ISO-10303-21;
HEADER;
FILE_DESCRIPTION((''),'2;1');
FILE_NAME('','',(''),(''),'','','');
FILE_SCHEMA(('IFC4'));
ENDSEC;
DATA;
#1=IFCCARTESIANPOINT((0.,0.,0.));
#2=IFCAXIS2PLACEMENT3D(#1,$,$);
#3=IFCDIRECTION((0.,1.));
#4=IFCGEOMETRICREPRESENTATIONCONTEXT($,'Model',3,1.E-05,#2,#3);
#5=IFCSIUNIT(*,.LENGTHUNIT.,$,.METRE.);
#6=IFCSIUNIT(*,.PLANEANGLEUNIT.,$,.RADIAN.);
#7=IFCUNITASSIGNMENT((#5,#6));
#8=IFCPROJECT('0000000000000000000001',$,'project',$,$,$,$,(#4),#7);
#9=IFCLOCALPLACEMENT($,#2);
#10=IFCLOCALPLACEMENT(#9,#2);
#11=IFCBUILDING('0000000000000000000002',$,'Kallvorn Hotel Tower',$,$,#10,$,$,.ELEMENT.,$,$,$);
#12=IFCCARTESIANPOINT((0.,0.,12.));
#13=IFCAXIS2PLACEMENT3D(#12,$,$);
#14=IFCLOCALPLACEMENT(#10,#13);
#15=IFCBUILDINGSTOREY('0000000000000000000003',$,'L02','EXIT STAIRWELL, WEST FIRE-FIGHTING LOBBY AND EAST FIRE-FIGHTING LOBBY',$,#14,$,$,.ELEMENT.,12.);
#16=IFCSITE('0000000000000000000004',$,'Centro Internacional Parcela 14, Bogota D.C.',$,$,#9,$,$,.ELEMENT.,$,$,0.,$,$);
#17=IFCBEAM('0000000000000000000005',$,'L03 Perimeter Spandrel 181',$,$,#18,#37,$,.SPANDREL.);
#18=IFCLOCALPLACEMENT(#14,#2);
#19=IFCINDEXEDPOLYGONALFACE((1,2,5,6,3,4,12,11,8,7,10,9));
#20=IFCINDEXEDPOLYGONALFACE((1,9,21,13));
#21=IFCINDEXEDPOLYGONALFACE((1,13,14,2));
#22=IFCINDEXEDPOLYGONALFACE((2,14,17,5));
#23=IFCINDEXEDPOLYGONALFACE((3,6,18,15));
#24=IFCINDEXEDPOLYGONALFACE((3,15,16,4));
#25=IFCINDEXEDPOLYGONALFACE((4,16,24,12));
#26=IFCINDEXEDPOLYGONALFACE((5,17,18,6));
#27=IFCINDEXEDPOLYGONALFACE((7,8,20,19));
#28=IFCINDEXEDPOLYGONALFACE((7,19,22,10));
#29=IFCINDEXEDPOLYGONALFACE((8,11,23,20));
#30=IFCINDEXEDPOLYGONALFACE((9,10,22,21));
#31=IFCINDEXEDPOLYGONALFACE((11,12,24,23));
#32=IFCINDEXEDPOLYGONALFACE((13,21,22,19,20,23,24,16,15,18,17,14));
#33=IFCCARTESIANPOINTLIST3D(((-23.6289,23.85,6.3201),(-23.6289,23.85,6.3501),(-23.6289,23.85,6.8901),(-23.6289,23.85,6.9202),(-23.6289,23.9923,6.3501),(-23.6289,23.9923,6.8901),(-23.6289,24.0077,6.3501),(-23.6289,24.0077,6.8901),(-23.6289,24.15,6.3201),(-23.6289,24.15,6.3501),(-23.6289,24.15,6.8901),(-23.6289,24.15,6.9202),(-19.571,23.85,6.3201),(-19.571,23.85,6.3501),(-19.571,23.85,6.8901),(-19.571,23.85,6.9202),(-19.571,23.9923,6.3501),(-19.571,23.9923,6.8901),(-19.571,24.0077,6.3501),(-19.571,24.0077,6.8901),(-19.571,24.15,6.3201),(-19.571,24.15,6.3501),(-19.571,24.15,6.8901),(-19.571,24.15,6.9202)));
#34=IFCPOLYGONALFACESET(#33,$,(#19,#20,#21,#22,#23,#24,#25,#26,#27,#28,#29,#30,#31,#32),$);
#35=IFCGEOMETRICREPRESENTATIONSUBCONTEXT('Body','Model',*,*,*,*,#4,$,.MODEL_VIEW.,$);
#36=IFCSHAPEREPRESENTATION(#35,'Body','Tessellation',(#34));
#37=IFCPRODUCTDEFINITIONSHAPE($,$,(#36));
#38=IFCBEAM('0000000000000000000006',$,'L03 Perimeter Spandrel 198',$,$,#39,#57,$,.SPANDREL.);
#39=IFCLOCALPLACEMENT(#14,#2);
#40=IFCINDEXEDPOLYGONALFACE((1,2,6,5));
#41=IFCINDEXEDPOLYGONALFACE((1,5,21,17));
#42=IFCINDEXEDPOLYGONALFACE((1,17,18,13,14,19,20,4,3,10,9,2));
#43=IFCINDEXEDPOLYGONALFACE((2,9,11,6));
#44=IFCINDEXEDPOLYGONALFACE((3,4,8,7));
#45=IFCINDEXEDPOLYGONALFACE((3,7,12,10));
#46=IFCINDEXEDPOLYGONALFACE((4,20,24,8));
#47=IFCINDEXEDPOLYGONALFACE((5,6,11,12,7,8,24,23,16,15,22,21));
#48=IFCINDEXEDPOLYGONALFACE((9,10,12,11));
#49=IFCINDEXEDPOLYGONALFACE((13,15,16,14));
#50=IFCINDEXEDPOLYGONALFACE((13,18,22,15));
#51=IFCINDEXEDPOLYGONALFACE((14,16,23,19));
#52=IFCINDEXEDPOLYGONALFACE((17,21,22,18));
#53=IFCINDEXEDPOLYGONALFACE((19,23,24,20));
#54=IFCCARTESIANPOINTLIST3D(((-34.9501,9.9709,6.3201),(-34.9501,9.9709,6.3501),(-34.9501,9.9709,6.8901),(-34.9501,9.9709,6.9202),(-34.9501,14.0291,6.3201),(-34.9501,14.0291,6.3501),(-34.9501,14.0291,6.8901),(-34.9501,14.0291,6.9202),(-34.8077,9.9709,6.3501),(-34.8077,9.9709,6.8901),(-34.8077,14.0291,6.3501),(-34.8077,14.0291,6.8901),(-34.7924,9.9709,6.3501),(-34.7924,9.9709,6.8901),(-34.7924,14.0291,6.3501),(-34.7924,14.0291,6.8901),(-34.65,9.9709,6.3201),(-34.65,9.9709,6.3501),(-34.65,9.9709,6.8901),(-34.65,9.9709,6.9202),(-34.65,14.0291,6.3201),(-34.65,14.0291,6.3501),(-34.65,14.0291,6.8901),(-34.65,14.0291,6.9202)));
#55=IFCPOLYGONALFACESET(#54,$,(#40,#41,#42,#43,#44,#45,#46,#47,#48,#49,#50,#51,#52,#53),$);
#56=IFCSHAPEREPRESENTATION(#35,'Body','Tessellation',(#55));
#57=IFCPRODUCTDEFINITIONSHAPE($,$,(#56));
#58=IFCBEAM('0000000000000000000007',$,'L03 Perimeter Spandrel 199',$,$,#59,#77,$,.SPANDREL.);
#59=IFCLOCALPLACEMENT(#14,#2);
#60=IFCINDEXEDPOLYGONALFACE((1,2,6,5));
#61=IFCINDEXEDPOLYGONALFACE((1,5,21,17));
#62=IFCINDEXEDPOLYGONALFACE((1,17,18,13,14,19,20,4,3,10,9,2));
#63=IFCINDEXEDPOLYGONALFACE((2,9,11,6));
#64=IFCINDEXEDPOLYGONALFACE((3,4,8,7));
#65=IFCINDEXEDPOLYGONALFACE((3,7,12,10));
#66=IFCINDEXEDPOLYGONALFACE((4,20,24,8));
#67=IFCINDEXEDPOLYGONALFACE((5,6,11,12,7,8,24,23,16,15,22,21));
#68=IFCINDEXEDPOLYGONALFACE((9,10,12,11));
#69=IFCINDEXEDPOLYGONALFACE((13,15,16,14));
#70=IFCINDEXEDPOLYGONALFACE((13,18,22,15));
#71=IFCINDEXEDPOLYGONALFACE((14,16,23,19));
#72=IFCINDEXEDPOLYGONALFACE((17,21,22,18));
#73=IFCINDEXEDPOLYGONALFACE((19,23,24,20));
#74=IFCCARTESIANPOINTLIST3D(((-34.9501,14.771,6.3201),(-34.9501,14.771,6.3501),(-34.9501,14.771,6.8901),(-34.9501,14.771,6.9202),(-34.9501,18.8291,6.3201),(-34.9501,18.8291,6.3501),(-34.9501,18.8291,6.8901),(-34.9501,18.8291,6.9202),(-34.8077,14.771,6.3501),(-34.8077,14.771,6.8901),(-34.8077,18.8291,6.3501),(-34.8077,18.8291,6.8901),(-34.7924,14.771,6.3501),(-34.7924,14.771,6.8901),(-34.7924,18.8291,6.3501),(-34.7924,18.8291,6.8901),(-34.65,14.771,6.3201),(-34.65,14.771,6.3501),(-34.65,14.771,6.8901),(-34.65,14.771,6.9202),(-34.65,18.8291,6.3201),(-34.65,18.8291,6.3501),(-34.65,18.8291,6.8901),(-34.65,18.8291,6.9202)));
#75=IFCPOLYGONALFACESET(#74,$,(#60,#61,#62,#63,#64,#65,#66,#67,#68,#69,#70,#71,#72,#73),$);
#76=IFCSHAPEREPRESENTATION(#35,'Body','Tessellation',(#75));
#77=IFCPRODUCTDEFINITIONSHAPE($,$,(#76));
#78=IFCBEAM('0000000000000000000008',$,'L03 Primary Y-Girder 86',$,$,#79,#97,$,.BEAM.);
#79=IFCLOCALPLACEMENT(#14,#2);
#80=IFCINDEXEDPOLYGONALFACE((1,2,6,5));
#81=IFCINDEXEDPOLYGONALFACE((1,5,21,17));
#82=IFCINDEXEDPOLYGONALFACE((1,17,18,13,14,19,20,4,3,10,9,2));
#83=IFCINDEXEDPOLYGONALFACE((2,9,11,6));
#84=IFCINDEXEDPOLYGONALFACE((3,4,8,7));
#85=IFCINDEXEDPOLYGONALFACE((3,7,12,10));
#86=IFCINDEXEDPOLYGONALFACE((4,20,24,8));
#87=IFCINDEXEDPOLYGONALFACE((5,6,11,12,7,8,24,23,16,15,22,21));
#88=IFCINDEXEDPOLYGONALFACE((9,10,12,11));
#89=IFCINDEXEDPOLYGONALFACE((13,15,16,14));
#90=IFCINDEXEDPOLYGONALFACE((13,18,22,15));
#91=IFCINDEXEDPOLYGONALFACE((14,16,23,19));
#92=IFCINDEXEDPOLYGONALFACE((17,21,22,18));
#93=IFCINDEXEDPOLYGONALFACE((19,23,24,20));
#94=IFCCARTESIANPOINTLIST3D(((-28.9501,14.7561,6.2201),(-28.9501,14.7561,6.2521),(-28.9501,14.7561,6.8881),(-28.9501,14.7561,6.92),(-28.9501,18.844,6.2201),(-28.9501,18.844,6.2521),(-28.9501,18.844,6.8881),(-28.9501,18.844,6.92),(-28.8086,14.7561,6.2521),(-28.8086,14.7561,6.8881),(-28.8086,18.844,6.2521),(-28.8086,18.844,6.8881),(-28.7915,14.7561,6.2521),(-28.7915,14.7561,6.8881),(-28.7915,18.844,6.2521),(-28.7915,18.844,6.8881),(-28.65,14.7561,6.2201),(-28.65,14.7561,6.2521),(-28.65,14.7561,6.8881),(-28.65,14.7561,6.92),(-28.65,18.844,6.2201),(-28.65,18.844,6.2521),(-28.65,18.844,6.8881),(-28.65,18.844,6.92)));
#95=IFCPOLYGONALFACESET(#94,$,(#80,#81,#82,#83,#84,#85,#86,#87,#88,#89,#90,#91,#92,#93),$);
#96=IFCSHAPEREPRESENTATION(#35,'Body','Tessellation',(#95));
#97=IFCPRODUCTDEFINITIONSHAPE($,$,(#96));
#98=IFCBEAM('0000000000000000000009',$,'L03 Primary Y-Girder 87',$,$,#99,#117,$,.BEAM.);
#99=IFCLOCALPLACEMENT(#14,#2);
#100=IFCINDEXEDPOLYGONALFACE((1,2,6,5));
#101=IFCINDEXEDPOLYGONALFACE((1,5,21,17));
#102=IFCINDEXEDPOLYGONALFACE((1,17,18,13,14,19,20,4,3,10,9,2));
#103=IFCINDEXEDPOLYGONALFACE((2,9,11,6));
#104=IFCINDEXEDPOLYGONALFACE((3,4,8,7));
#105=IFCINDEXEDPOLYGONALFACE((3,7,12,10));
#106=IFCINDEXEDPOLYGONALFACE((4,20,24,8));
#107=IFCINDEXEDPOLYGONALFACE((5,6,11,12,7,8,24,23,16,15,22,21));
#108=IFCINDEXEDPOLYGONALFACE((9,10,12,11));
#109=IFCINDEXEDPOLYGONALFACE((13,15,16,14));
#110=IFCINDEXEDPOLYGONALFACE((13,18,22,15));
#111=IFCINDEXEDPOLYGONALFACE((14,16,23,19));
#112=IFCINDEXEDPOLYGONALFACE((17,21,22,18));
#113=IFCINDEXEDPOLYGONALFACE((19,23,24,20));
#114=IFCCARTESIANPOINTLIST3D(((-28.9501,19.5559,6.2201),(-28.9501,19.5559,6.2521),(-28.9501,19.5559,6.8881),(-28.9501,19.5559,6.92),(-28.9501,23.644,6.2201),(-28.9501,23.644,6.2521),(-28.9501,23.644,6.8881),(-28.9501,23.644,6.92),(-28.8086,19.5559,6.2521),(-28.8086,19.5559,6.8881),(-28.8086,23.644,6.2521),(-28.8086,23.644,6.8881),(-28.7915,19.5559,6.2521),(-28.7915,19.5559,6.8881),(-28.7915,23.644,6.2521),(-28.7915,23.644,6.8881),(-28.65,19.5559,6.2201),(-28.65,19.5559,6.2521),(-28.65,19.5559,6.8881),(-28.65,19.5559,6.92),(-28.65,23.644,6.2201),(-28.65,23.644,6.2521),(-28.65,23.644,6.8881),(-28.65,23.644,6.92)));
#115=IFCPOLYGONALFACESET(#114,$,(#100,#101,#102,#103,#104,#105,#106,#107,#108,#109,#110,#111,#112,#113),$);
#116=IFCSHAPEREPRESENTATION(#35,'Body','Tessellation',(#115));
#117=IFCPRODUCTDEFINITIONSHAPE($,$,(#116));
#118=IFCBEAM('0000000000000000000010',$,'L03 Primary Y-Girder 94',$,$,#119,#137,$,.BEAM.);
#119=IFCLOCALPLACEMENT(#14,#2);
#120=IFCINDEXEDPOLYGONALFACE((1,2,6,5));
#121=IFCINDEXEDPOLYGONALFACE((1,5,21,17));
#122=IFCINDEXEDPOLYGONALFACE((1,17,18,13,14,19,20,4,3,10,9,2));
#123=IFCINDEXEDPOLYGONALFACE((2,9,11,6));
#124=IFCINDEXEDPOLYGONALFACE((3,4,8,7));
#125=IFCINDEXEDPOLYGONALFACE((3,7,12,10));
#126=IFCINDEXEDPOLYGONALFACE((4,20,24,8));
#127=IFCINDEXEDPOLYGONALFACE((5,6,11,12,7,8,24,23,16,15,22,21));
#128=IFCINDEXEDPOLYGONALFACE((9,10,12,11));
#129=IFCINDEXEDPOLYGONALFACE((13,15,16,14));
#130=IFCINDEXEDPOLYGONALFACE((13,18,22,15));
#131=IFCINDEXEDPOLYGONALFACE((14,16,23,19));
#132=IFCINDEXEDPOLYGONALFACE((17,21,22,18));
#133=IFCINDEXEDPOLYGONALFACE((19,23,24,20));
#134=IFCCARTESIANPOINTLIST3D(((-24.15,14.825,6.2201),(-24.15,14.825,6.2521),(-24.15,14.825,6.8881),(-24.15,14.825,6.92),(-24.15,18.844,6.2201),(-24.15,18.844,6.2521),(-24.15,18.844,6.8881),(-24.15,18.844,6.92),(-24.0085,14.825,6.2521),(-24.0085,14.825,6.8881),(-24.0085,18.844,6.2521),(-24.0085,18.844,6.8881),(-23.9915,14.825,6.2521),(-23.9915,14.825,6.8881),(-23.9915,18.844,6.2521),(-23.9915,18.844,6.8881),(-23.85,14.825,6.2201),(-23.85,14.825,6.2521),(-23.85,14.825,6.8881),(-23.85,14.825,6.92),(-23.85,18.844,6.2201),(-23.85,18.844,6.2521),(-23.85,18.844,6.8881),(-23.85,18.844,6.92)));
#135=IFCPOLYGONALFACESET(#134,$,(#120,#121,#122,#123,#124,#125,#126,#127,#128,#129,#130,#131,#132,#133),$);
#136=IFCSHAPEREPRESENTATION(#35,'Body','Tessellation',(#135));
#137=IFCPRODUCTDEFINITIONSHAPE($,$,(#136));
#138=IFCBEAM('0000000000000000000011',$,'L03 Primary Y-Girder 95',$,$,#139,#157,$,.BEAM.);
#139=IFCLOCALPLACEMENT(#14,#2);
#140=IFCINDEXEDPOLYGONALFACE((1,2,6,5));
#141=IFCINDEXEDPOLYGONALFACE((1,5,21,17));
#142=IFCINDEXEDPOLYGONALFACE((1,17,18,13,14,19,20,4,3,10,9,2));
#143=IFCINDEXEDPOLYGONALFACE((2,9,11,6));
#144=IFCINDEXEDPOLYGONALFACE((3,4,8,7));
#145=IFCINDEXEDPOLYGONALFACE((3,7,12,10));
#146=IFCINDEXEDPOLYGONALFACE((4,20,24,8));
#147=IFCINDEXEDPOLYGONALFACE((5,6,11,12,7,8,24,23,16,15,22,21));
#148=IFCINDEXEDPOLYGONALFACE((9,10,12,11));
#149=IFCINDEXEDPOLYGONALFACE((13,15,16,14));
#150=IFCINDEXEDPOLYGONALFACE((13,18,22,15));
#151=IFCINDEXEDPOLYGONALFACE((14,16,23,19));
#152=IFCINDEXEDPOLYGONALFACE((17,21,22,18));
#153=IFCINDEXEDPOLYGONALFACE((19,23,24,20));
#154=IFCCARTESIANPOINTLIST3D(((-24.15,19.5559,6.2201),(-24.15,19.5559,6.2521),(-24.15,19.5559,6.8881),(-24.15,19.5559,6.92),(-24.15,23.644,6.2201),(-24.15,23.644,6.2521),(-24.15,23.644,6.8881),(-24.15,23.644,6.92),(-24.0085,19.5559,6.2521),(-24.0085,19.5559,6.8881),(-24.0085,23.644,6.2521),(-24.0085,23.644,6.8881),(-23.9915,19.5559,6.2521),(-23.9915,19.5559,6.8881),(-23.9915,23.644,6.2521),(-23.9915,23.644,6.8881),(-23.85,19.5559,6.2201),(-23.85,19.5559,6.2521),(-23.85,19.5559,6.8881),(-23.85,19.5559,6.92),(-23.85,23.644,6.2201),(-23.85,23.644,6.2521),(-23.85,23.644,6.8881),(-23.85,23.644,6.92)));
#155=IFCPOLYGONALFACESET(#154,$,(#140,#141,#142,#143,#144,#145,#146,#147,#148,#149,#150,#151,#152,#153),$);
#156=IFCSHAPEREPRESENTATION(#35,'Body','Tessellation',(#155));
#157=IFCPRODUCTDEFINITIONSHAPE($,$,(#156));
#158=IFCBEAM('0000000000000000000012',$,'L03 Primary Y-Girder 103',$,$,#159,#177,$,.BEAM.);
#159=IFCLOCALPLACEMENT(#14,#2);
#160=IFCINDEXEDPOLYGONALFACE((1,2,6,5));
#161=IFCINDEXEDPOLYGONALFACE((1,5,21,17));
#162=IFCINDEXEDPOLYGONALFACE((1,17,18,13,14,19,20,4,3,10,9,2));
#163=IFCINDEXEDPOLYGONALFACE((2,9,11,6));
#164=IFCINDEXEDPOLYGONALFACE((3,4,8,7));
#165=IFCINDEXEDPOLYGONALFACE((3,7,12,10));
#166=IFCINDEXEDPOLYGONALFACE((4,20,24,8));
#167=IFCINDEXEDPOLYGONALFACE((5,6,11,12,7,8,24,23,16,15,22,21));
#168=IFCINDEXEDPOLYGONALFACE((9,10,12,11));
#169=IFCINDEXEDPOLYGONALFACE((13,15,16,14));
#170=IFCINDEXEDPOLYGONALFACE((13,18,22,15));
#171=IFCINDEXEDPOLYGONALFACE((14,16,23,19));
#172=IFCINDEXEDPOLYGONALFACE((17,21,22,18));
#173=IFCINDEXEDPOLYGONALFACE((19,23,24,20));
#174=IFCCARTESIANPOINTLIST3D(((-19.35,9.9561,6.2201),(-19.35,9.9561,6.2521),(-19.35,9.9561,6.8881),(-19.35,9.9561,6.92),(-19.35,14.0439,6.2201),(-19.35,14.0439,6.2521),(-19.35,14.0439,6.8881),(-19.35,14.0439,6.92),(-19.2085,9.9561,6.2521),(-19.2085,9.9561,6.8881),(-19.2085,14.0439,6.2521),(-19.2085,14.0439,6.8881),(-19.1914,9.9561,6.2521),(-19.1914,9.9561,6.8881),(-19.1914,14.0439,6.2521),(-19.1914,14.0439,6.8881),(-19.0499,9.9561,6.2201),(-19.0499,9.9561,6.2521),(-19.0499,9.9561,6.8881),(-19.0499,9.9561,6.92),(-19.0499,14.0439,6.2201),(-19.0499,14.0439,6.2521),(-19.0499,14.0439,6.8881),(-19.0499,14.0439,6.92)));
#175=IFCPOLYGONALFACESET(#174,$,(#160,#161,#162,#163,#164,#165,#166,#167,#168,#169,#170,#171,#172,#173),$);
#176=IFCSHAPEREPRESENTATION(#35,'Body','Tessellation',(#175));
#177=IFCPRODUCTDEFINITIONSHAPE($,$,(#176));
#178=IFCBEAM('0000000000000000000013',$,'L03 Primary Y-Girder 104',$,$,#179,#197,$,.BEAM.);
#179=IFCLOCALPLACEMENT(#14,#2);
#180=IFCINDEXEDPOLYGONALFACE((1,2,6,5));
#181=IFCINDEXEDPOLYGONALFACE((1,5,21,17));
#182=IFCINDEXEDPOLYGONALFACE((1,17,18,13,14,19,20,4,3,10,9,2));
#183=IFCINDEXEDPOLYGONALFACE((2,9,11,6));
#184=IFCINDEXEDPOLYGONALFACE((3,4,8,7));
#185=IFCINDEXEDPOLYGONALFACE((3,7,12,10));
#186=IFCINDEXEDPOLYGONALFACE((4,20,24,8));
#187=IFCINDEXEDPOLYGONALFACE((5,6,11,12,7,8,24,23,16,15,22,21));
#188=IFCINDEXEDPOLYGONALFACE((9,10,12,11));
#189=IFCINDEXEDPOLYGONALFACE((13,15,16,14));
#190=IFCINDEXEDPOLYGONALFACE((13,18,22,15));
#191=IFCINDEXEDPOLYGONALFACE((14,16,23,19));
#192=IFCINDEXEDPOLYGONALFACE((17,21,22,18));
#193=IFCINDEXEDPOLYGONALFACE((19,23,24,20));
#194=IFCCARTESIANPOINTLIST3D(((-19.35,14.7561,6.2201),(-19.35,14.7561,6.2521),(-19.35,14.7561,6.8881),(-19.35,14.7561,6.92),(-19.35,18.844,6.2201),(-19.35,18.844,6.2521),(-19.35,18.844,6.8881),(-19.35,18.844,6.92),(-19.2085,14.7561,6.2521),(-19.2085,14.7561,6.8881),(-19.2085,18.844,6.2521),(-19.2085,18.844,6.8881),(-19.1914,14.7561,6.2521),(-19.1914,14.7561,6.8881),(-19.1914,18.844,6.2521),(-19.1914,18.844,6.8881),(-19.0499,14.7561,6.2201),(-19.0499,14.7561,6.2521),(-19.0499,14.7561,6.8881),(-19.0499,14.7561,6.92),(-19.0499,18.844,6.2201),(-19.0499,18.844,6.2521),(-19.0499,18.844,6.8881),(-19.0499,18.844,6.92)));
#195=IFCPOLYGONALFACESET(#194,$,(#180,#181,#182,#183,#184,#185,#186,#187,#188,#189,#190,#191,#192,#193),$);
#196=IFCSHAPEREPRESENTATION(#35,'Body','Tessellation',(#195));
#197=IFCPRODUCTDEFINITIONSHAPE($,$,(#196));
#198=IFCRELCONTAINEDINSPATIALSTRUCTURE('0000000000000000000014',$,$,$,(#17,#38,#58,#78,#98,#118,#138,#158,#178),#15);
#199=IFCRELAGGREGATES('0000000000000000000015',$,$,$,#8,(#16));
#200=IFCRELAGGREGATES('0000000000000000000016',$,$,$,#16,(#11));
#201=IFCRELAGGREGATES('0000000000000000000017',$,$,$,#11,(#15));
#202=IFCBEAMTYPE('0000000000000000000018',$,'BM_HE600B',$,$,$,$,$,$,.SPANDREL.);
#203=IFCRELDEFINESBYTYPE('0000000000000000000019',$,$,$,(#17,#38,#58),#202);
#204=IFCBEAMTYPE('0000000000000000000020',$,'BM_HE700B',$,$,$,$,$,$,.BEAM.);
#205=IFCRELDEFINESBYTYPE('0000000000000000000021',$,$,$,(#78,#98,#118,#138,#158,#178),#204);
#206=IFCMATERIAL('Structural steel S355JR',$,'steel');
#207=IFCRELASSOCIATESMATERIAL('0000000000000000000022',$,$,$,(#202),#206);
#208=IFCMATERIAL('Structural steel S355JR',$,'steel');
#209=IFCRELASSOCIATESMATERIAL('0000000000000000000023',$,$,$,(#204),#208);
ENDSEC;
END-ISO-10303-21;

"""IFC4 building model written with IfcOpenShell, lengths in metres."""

from ifc_helpers import new_model, si_unit, direction, frame, origin, origin_2d, place, context, subcontext, project, spatial, i_section, extrude, material, material_profile, profile_set, type_object, element, save


model = new_model("IFC4")

# Units and contexts
model_context = context("Model", 3, precision=1e-05, world=origin(), true_north=direction((0.0, 1.0)))
body_context = subcontext(model_context, "Body", "Model", "MODEL_VIEW")
ifc_project = project(units=[si_unit("LENGTHUNIT", "METRE"), si_unit("PLANEANGLEUNIT", "RADIAN")], contexts=[model_context])

# Site, building, storey
site_placement = place(None, origin())
site = spatial("IfcSite", under=ifc_project, at=site_placement, Name="Centro Internacional Parcela 14, Bogota D.C.", CompositionType="ELEMENT", RefElevation=0.0)
building_placement = place(site_placement, origin())
building = spatial("IfcBuilding", under=site, at=building_placement, Name="Kallvorn Hotel Tower", CompositionType="ELEMENT")
storey_placement = place(building_placement, frame((0.0, 0.0, 12.0)))
storey = spatial("IfcBuildingStorey", under=building, at=storey_placement, Name="L02", Description="EXIT STAIRWELL, WEST FIRE-FIGHTING LOBBY AND EAST FIRE-FIGHTING LOBBY", CompositionType="ELEMENT", Elevation=12.0)

# Beams
ifc_material_1 = material(Name="Structural steel S355JR", Category="steel")
ifc_material_profile_1 = material_profile(ifc_material_1, i_section(OverallWidth=0.3, OverallDepth=0.6001, WebThickness=0.0154, FlangeThickness=0.03, at=origin_2d()), Name="HE 600 B")
ifc_profile_set_1 = profile_set([ifc_material_profile_1], Name="Structural steel S355JR")
beam_type_1 = type_object("IfcBeamType", Name="BM_HE600B", PredefinedType="SPANDREL", material=ifc_profile_set_1)
for number, where, z_axis, x_axis, name in (
    (1, (-23.6289, 24.0, 6.6201), (1.0, 0.0, 0.0), (0.0, 1.0, 0.0), "L03 Perimeter Spandrel 181"),
):
    element("IfcBeam", number, at=place(storey_placement, frame(where, z_axis=z_axis, x_axis=x_axis)), inside=storey, type_object=beam_type_1, Name=name, PredefinedType="SPANDREL", context=body_context, shape_type="SweptSolid", body=[
        extrude(i_section(OverallWidth=0.3, OverallDepth=0.6001, WebThickness=0.0154, FlangeThickness=0.03, at=origin_2d()), origin(), (0.0, 0.0, 1.0), 4.0579),
    ])
for number, where, z_axis, x_axis, name in (
    (2, (-34.8, 9.9709, 6.6201), (0.0, 1.0, 0.0), (-1.0, 0.0, 0.0), "L03 Perimeter Spandrel 198"),
    (3, (-34.8, 14.771, 6.6201), (0.0, 1.0, 0.0), (-1.0, 0.0, 0.0), "L03 Perimeter Spandrel 199"),
):
    element("IfcBeam", number, at=place(storey_placement, frame(where, z_axis=z_axis, x_axis=x_axis)), inside=storey, type_object=beam_type_1, Name=name, PredefinedType="SPANDREL", context=body_context, shape_type="SweptSolid", body=[
        extrude(i_section(OverallWidth=0.3, OverallDepth=0.6001, WebThickness=0.0154, FlangeThickness=0.03, at=origin_2d()), origin(), (0.0, 0.0, 1.0), 4.0581),
    ])
ifc_material_2 = material(Name="Structural steel S355JR", Category="steel")
ifc_material_profile_2 = material_profile(ifc_material_2, i_section(OverallWidth=0.3, OverallDepth=0.7, WebThickness=0.0171, FlangeThickness=0.032, at=origin_2d()), Name="HE 700 B")
ifc_profile_set_2 = profile_set([ifc_material_profile_2], Name="Structural steel S355JR")
beam_type_2 = type_object("IfcBeamType", Name="BM_HE700B", PredefinedType="BEAM", material=ifc_profile_set_2)
beam_1_placement = place(storey_placement, frame((-28.8, 14.7561, 6.5701), z_axis=(0.0, 1.0, 0.0), x_axis=(-1.0, 0.0, 0.0)))
element("IfcBeam", 4, at=beam_1_placement, inside=storey, type_object=beam_type_2, Name="L03 Primary Y-Girder 86", PredefinedType="BEAM", context=body_context, shape_type="SweptSolid", body=[
    extrude(i_section(OverallWidth=0.3, OverallDepth=0.7, WebThickness=0.0171, FlangeThickness=0.032, at=origin_2d()), origin(), (0.0, 0.0, 1.0), 4.0879),
])
beam_2_placement = place(storey_placement, frame((-28.8, 19.5559, 6.5701), z_axis=(0.0, 1.0, 0.0), x_axis=(-1.0, 0.0, 0.0)))
element("IfcBeam", 5, at=beam_2_placement, inside=storey, type_object=beam_type_2, Name="L03 Primary Y-Girder 87", PredefinedType="BEAM", context=body_context, shape_type="SweptSolid", body=[
    extrude(i_section(OverallWidth=0.3, OverallDepth=0.7, WebThickness=0.0171, FlangeThickness=0.032, at=origin_2d()), origin(), (0.0, 0.0, 1.0), 4.0881),
])
beam_3_placement = place(storey_placement, frame((-24.0, 14.825, 6.5701), z_axis=(0.0, 1.0, 0.0), x_axis=(-1.0, 0.0, 0.0)))
element("IfcBeam", 6, at=beam_3_placement, inside=storey, type_object=beam_type_2, Name="L03 Primary Y-Girder 94", PredefinedType="BEAM", context=body_context, shape_type="SweptSolid", body=[
    extrude(i_section(OverallWidth=0.3, OverallDepth=0.7, WebThickness=0.0171, FlangeThickness=0.032, at=origin_2d()), origin(), (0.0, 0.0, 1.0), 4.019),
])
beam_4_placement = place(storey_placement, frame((-24.0, 19.5559, 6.5701), z_axis=(0.0, 1.0, 0.0), x_axis=(-1.0, 0.0, 0.0)))
element("IfcBeam", 7, at=beam_4_placement, inside=storey, type_object=beam_type_2, Name="L03 Primary Y-Girder 95", PredefinedType="BEAM", context=body_context, shape_type="SweptSolid", body=[
    extrude(i_section(OverallWidth=0.3, OverallDepth=0.7, WebThickness=0.0171, FlangeThickness=0.032, at=origin_2d()), origin(), (0.0, 0.0, 1.0), 4.0881),
])
for number, where, z_axis, x_axis, name in (
    (8, (-19.2, 9.9561, 6.5701), (0.0, 1.0, 0.0), (-1.0, 0.0, 0.0), "L03 Primary Y-Girder 103"),
    (9, (-19.2, 14.7561, 6.5701), (0.0, 1.0, 0.0), (-1.0, 0.0, 0.0), "L03 Primary Y-Girder 104"),
):
    element("IfcBeam", number, at=place(storey_placement, frame(where, z_axis=z_axis, x_axis=x_axis)), inside=storey, type_object=beam_type_2, Name=name, PredefinedType="BEAM", context=body_context, shape_type="SweptSolid", body=[
        extrude(i_section(OverallWidth=0.3, OverallDepth=0.7, WebThickness=0.0171, FlangeThickness=0.032, at=origin_2d()), origin(), (0.0, 0.0, 1.0), 4.0879),
    ])

save(model, "model.ifc")
